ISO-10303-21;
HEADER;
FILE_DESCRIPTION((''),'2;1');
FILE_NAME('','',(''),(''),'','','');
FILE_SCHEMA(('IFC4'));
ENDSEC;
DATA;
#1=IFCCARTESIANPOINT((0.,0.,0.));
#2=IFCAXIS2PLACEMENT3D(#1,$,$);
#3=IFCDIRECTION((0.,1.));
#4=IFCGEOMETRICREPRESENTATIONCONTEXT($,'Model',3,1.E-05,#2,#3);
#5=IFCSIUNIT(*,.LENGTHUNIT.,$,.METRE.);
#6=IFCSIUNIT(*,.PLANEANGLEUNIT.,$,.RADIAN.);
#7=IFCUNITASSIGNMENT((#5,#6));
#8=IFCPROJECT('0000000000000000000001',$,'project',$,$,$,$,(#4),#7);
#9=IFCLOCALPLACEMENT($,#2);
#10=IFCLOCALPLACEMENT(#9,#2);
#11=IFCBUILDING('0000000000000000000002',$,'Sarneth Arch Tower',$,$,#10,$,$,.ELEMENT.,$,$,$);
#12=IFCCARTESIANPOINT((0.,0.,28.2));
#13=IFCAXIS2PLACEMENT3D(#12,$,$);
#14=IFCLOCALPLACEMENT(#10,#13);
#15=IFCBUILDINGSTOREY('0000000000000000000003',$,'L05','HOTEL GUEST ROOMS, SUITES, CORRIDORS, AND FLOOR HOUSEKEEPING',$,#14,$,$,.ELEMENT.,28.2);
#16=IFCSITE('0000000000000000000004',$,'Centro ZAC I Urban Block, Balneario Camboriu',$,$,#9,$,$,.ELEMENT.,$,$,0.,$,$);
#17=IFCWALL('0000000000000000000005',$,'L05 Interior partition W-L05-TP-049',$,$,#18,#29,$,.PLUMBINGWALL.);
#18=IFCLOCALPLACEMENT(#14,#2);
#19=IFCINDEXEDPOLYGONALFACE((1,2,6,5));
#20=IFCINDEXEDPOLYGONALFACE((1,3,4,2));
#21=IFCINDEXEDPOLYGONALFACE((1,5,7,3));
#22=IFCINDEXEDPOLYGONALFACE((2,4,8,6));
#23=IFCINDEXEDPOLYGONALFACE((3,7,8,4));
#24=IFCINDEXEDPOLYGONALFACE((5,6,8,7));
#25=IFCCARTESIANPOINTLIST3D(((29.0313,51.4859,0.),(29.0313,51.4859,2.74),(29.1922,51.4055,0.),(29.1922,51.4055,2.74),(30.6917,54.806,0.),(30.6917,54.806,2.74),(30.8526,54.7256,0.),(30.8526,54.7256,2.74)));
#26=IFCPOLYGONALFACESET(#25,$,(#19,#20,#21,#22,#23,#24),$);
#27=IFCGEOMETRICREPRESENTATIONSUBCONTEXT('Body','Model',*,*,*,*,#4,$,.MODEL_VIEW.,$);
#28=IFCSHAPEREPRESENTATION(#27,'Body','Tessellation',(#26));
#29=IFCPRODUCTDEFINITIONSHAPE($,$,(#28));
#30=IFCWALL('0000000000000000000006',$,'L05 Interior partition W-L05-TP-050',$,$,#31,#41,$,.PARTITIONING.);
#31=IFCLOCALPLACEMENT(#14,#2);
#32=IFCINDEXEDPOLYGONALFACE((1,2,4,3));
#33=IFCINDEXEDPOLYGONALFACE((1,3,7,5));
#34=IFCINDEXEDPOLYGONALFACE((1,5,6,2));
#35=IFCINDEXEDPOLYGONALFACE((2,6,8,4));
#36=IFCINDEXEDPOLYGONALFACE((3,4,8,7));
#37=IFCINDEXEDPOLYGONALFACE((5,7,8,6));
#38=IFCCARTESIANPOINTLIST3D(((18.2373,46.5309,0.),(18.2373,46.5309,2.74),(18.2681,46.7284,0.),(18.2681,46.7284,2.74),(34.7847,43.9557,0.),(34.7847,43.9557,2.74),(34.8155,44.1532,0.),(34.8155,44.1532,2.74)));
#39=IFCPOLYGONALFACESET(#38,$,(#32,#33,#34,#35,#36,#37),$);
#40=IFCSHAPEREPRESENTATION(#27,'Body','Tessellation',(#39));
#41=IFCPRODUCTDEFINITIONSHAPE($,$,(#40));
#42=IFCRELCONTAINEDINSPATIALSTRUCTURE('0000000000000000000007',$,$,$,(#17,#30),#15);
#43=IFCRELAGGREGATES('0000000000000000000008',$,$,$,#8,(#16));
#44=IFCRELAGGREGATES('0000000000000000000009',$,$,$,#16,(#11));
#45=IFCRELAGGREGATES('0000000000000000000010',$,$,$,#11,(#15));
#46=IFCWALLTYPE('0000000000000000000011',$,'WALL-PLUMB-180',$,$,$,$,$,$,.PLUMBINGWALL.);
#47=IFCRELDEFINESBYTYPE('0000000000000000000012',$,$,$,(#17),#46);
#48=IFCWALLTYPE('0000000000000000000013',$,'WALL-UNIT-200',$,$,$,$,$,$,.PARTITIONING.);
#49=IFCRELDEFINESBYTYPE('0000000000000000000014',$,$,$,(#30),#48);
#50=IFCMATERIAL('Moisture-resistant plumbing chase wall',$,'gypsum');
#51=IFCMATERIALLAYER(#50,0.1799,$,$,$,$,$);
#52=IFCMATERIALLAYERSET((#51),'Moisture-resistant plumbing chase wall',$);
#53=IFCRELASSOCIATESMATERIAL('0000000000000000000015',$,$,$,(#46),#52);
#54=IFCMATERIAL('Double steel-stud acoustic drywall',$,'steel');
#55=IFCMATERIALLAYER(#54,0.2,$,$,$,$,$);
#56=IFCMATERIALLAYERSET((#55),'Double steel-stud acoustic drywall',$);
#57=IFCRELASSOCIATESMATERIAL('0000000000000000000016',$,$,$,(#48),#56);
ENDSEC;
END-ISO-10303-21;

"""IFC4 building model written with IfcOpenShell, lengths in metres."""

from ifc_helpers import new_model, si_unit, direction, frame, frame_2d, origin, place, context, subcontext, project, spatial, rectangle, extrude, material, layer, layer_set, type_object, element, save


model = new_model("IFC4")

# Units and contexts
model_context = context("Model", 3, precision=1e-05, world=origin(), true_north=direction((0.0, 1.0)))
body_context = subcontext(model_context, "Body", "Model", "MODEL_VIEW")
ifc_project = project(units=[si_unit("LENGTHUNIT", "METRE"), si_unit("PLANEANGLEUNIT", "RADIAN")], contexts=[model_context])

# Site, building, storey
site_placement = place(None, origin())
site = spatial("IfcSite", under=ifc_project, at=site_placement, Name="Centro ZAC I Urban Block, Balneario Camboriu", CompositionType="ELEMENT", RefElevation=0.0)
building_placement = place(site_placement, origin())
building = spatial("IfcBuilding", under=site, at=building_placement, Name="Sarneth Arch Tower", CompositionType="ELEMENT")
storey_placement = place(building_placement, frame((0.0, 0.0, 28.2)))
storey = spatial("IfcBuildingStorey", under=building, at=storey_placement, Name="L05", Description="HOTEL GUEST ROOMS, SUITES, CORRIDORS, AND FLOOR HOUSEKEEPING", CompositionType="ELEMENT", Elevation=28.2)

# Walls
ifc_material_1 = material(Name="Moisture-resistant plumbing chase wall", Category="gypsum")
ifc_layer_1 = layer(ifc_material_1, 0.1799)
ifc_layer_set_1 = layer_set([ifc_layer_1], Name="Moisture-resistant plumbing chase wall")
wall_type_1 = type_object("IfcWallType", Name="WALL-PLUMB-180", PredefinedType="PLUMBINGWALL", material=ifc_layer_set_1)
wall_1_placement = place(storey_placement, frame((29.1118, 51.4458, 0.0), z_axis=(0.0, 0.0, 1.0), x_axis=(0.447293, 0.894388, 0.0)))
element("IfcWall", 1, at=wall_1_placement, inside=storey, type_object=wall_type_1, Name="L05 Interior partition W-L05-TP-049", PredefinedType="PLUMBINGWALL", context=body_context, shape_type="SweptSolid", body=[
    extrude(rectangle(XDim=3.7122, YDim=0.1799, at=frame_2d((1.856, 0.0))), origin(), (0.0, 0.0, 1.0), 2.74),
])
ifc_material_2 = material(Name="Double steel-stud acoustic drywall", Category="steel")
ifc_layer_2 = layer(ifc_material_2, 0.2)
ifc_layer_set_2 = layer_set([ifc_layer_2], Name="Double steel-stud acoustic drywall")
wall_type_2 = type_object("IfcWallType", Name="WALL-UNIT-200", PredefinedType="PARTITIONING", material=ifc_layer_set_2)
wall_2_placement = place(storey_placement, frame((18.2527, 46.6296, 0.0), z_axis=(0.0, 0.0, 1.0), x_axis=(0.988106, -0.153775, 0.0)))
element("IfcWall", 2, at=wall_2_placement, inside=storey, type_object=wall_type_2, Name="L05 Interior partition W-L05-TP-050", PredefinedType="PARTITIONING", context=body_context, shape_type="SweptSolid", body=[
    extrude(rectangle(XDim=16.7466, YDim=0.2, at=frame_2d((8.3733, 0.0))), origin(), (0.0, 0.0, 1.0), 2.74),
])

save(model, "model.ifc")
